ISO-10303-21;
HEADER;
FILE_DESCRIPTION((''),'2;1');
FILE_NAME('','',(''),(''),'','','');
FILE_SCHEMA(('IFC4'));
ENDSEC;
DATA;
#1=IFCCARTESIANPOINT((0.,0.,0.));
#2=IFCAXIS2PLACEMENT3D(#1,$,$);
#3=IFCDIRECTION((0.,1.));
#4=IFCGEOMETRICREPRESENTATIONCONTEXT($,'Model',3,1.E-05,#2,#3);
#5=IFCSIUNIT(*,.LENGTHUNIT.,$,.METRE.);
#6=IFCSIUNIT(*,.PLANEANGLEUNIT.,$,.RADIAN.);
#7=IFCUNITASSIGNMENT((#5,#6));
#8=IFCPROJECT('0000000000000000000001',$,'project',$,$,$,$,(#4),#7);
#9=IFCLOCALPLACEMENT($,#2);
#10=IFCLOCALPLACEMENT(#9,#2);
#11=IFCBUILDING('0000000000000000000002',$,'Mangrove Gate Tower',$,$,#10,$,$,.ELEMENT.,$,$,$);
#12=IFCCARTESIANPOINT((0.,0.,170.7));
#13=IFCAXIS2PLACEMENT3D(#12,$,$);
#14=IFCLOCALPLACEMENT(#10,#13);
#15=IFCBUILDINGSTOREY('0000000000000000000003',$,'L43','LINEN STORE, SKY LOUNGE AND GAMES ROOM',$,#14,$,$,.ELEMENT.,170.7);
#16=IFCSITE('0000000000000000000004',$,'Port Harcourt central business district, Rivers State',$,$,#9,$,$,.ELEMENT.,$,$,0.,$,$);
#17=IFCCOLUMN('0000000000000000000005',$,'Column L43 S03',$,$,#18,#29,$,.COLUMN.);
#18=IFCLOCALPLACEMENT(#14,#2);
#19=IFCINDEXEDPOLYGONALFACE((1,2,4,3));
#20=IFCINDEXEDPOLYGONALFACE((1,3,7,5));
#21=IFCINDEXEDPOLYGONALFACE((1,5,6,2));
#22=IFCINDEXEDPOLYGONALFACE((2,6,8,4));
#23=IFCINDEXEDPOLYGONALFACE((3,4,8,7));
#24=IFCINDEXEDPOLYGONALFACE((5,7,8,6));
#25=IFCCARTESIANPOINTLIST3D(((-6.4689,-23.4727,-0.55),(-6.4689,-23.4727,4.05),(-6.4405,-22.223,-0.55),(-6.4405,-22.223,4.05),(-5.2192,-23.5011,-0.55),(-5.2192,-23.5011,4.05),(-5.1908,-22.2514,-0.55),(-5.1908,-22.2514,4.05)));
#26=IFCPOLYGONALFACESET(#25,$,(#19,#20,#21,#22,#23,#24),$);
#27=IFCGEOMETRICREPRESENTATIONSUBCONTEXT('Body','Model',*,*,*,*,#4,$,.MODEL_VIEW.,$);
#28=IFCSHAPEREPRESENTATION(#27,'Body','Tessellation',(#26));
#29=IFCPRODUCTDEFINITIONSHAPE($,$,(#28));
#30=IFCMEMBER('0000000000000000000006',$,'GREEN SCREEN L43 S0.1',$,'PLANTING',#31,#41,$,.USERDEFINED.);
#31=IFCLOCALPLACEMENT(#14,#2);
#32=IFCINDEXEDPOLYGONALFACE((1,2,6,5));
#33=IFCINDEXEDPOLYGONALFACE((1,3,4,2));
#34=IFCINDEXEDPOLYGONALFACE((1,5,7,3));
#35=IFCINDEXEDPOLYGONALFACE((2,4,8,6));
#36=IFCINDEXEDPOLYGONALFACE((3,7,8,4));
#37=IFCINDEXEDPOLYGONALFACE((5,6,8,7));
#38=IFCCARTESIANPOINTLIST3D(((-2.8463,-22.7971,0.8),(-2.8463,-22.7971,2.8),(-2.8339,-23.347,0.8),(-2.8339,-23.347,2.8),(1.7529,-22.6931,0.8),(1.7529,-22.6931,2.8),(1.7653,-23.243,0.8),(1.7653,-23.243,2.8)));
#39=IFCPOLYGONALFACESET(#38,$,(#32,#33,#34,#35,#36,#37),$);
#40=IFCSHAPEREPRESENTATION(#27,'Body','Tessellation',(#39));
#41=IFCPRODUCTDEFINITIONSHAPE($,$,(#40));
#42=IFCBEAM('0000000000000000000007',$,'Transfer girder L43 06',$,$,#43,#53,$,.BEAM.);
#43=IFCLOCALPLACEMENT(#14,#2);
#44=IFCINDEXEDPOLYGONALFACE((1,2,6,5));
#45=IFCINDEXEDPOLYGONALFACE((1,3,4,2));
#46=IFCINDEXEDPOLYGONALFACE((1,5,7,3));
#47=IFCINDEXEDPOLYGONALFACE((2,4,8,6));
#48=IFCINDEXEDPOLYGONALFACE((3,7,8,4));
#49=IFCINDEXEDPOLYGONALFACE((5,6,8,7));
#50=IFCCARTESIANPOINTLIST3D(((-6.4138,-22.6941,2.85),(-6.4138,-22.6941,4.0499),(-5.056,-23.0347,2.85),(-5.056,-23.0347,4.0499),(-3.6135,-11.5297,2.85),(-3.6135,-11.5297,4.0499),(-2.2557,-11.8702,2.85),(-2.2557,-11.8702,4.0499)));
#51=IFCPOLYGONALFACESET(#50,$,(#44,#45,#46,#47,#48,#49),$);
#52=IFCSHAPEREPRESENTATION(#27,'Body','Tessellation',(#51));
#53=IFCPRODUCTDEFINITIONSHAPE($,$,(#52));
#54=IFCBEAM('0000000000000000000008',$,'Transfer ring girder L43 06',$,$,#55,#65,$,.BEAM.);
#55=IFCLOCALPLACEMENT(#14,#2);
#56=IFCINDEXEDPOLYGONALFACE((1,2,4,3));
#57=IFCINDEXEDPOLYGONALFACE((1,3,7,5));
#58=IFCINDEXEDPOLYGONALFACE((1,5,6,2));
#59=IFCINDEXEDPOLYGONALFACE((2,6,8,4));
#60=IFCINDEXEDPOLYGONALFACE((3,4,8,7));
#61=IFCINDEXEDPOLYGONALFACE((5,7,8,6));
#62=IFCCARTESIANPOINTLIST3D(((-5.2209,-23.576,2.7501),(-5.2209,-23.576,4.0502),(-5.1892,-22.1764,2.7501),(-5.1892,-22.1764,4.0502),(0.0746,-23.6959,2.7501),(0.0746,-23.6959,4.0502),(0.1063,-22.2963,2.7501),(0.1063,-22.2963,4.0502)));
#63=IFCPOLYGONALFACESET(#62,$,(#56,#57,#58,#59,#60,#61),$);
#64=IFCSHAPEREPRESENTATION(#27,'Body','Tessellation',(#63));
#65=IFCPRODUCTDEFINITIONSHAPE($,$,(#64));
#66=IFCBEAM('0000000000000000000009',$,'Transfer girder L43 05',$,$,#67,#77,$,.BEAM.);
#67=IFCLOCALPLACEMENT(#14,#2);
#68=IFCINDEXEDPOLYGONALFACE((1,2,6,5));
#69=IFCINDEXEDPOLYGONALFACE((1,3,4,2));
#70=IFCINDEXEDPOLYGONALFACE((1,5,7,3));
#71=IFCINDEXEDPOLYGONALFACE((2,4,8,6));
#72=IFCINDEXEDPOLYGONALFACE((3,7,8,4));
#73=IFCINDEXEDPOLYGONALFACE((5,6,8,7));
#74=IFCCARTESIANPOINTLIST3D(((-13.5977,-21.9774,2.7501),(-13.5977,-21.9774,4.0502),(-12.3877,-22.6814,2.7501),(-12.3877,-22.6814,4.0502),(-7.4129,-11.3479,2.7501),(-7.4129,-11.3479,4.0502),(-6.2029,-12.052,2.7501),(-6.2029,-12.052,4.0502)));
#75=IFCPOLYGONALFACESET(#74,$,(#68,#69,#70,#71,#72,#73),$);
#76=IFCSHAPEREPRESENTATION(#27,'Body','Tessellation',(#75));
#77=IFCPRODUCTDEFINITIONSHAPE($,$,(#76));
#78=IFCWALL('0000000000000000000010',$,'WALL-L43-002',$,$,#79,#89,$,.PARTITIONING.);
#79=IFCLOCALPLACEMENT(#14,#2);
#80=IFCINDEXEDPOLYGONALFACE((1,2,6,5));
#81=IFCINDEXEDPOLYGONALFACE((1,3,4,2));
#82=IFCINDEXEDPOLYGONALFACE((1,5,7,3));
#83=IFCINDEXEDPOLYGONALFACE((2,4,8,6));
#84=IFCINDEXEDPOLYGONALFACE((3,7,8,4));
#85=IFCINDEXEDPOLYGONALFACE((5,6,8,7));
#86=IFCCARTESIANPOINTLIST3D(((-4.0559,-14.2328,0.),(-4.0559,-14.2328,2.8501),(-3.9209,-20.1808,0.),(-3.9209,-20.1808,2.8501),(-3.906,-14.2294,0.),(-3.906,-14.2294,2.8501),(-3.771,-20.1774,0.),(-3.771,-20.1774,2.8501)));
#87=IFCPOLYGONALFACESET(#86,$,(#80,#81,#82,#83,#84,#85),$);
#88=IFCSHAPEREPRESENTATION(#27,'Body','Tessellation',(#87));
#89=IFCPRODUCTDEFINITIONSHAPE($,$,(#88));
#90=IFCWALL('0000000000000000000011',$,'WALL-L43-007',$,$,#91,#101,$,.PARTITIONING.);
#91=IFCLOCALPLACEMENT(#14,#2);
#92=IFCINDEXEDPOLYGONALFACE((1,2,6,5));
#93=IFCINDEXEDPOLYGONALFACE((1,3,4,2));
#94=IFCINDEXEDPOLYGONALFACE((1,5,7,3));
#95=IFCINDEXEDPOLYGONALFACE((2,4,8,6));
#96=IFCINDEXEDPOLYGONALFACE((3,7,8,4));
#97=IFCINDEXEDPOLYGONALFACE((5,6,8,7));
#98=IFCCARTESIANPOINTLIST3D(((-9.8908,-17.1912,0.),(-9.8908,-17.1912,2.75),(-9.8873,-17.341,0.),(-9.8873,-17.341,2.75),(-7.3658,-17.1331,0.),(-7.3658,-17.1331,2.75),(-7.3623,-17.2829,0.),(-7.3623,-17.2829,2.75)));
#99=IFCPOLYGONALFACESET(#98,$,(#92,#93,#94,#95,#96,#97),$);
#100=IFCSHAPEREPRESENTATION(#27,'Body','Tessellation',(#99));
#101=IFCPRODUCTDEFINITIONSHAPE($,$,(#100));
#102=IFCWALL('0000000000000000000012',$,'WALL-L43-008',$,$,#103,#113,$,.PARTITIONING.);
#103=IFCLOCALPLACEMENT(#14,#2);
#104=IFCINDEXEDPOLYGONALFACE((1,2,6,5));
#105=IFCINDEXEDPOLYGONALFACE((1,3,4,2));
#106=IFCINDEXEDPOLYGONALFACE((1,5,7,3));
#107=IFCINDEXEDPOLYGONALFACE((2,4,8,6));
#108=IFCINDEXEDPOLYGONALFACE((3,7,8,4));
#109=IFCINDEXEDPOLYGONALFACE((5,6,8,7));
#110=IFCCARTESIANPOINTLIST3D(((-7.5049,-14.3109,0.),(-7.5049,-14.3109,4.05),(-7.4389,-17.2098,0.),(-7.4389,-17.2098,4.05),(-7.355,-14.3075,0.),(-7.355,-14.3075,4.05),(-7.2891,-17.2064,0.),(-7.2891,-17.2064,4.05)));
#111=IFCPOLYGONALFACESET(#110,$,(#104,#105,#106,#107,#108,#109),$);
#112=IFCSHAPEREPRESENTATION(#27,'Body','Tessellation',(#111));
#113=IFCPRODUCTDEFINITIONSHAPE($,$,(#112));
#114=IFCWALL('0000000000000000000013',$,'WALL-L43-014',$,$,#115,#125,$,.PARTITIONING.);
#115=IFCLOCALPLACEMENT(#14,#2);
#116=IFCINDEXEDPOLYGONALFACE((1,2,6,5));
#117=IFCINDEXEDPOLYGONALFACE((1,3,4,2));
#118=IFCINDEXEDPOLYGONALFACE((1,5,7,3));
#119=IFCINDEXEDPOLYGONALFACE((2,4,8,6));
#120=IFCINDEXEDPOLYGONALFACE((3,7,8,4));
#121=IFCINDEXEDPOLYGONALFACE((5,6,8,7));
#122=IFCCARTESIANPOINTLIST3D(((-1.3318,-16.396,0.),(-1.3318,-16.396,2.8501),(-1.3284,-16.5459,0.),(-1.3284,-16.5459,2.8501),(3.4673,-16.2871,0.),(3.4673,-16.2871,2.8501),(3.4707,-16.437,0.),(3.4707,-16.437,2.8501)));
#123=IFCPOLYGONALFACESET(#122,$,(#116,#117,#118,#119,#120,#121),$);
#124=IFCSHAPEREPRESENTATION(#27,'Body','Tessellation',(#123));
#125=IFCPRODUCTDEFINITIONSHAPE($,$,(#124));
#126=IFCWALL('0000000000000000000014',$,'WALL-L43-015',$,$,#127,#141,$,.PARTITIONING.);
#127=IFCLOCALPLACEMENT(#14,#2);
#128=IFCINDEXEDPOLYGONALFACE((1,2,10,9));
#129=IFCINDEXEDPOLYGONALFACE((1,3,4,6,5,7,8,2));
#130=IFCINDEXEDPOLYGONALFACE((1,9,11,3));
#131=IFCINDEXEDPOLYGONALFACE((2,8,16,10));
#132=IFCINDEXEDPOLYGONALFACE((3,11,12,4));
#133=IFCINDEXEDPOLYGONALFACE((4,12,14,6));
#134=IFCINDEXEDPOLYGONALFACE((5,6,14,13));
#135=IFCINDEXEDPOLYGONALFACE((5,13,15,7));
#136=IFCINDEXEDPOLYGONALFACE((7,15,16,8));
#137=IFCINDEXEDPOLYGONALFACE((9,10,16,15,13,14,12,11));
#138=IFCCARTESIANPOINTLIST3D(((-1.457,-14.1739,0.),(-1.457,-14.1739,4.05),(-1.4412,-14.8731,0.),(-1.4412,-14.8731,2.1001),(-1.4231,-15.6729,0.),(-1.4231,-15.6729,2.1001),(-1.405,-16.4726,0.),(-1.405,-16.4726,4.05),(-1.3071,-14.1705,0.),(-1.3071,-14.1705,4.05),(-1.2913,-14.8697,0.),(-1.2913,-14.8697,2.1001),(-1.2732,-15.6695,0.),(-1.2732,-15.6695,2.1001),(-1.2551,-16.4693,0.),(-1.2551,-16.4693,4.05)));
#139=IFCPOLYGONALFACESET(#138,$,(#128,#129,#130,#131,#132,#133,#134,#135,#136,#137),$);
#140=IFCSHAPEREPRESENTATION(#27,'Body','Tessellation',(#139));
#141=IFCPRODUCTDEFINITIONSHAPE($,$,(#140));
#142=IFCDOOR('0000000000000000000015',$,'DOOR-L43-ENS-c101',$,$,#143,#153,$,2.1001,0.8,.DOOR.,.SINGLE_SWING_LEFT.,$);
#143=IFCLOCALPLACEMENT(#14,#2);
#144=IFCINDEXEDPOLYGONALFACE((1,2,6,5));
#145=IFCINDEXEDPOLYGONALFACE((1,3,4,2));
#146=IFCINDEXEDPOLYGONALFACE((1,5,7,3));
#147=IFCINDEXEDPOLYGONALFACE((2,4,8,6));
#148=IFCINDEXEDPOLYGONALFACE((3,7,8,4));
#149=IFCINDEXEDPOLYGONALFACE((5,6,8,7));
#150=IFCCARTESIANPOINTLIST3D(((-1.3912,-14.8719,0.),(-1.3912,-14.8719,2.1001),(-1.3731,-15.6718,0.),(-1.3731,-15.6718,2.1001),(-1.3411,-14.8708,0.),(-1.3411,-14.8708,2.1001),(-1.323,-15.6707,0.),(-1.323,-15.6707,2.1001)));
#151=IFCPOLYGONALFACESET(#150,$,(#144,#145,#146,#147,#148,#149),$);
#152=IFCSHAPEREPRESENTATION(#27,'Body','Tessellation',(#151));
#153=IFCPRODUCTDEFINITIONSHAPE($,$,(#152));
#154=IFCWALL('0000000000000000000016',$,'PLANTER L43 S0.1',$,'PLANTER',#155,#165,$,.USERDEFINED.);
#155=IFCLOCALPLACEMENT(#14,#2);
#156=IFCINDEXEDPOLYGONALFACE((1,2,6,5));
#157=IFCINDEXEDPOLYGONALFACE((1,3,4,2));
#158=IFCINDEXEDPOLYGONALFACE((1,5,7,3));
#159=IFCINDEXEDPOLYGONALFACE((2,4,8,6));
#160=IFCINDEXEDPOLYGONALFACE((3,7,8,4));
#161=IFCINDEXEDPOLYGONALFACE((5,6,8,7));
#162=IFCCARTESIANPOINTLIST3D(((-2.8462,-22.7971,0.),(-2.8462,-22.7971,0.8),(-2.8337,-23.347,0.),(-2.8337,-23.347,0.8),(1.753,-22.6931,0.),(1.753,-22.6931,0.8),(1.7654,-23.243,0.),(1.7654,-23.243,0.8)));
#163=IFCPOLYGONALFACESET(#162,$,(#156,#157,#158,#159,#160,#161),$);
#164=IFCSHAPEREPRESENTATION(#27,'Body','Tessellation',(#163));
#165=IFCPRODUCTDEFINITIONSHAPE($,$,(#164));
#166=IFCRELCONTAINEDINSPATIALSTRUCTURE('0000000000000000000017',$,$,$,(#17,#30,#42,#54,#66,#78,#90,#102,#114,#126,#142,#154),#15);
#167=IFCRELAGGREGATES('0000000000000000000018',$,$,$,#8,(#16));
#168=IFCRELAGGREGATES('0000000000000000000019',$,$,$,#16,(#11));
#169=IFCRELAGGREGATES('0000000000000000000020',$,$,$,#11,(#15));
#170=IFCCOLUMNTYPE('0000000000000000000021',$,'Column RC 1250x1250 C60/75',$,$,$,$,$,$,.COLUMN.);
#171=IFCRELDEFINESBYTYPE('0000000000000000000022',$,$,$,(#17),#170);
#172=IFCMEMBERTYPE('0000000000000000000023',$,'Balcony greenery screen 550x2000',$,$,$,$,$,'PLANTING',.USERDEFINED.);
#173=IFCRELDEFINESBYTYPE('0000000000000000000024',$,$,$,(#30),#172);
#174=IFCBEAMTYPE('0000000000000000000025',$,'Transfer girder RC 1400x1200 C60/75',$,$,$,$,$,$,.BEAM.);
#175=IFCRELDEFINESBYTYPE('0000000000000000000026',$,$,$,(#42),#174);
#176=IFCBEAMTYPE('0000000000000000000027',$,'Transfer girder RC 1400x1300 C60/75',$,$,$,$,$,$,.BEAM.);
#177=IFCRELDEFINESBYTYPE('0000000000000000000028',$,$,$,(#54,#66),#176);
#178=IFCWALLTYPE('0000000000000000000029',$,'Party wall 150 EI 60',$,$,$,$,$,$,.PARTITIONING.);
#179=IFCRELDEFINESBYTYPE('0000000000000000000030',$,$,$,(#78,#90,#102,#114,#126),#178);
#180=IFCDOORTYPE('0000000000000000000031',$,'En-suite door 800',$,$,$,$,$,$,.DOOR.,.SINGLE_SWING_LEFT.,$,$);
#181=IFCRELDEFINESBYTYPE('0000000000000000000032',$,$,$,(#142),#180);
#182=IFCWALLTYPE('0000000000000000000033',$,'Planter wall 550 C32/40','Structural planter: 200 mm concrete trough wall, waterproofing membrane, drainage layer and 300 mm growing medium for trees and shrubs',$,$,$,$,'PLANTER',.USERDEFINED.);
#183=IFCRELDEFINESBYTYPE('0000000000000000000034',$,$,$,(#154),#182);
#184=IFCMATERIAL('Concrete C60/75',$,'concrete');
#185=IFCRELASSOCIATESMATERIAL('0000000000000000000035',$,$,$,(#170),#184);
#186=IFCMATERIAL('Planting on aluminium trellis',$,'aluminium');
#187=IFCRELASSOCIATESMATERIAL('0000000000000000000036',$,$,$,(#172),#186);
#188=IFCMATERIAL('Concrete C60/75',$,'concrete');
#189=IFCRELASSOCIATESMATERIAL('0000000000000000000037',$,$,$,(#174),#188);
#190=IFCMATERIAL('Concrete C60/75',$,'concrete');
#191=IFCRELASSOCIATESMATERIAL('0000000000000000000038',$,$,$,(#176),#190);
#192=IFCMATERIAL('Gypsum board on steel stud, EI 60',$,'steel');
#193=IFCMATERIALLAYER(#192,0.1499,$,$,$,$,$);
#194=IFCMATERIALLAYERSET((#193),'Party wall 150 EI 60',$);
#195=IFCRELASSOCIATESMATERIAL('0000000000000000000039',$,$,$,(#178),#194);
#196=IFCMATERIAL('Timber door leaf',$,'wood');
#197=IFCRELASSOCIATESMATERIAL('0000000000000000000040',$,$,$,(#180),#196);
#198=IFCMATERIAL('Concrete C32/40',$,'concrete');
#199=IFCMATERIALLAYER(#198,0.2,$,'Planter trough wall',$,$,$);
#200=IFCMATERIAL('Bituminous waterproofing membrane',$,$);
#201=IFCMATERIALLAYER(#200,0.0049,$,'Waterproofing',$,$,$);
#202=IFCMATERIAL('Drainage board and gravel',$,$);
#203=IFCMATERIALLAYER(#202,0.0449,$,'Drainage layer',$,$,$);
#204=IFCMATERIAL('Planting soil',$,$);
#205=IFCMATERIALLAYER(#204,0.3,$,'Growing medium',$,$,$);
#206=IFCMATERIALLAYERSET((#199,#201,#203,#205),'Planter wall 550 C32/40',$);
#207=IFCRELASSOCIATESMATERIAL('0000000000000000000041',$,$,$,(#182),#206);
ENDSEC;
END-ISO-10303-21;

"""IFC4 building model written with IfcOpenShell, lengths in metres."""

from ifc_helpers import new_model, si_unit, direction, frame, frame_2d, origin, origin_2d, place, context, subcontext, project, spatial, rectangle, extrude, material, layer, layer_set, material_profile, profile_set, type_object, element, fill, save


model = new_model("IFC4")

# Units and contexts
model_context = context("Model", 3, precision=1e-05, world=origin(), true_north=direction((0.0, 1.0)))
body_context = subcontext(model_context, "Body", "Model", "MODEL_VIEW")
ifc_project = project(units=[si_unit("LENGTHUNIT", "METRE"), si_unit("PLANEANGLEUNIT", "RADIAN")], contexts=[model_context])

# Site, building, storey
site_placement = place(None, origin())
site = spatial("IfcSite", under=ifc_project, at=site_placement, Name="Port Harcourt central business district, Rivers State", CompositionType="ELEMENT", RefElevation=0.0)
building_placement = place(site_placement, origin())
building = spatial("IfcBuilding", under=site, at=building_placement, Name="Mangrove Gate Tower", CompositionType="ELEMENT")
storey_placement = place(building_placement, frame((0.0, 0.0, 170.7)))
storey = spatial("IfcBuildingStorey", under=building, at=storey_placement, Name="L43", Description="LINEN STORE, SKY LOUNGE AND GAMES ROOM", CompositionType="ELEMENT", Elevation=170.7)

# Column
ifc_material_1 = material(Name="Concrete C60/75", Category="concrete")
ifc_material_profile_1 = material_profile(ifc_material_1, rectangle(XDim=1.25, YDim=1.25, at=origin_2d()))
ifc_profile_set_1 = profile_set([ifc_material_profile_1], Name="Concrete C60/75")
column_type = type_object("IfcColumnType", Name="Column RC 1250x1250 C60/75", PredefinedType="COLUMN", material=ifc_profile_set_1)
column_placement = place(storey_placement, frame((-5.8298, -22.8621, -0.55), z_axis=(0.0, 0.0, 1.0), x_axis=(0.999743, -0.022683, 0.0)))
element("IfcColumn", 1, at=column_placement, inside=storey, type_object=column_type, Name="Column L43 S03", PredefinedType="COLUMN", context=body_context, shape_type="SweptSolid", body=[
    extrude(rectangle(XDim=1.25, YDim=1.25, at=origin_2d()), origin(), (0.0, 0.0, 1.0), 4.6001),
])

# Member
ifc_material_2 = material(Name="Planting on aluminium trellis", Category="aluminium")
ifc_material_profile_2 = material_profile(ifc_material_2, rectangle(XDim=0.55, YDim=2.0, at=origin_2d()))
ifc_profile_set_2 = profile_set([ifc_material_profile_2], Name="Planting on aluminium trellis")
member_type = type_object("IfcMemberType", Name="Balcony greenery screen 550x2000", ElementType="PLANTING", PredefinedType="USERDEFINED", material=ifc_profile_set_2)
member_placement = place(storey_placement, frame((-2.8401, -23.072, 1.8), z_axis=(0.999744, 0.022608, 0.0), x_axis=(-0.022608, 0.999744, 0.0)))
element("IfcMember", 2, at=member_placement, inside=storey, type_object=member_type, Name="GREEN SCREEN L43 S0.1", ObjectType="PLANTING", PredefinedType="USERDEFINED", context=body_context, shape_type="SweptSolid", body=[
    extrude(rectangle(XDim=0.55, YDim=2.0, at=origin_2d()), origin(), (0.0, 0.0, 1.0), 4.6003),
])

# Beams
ifc_material_3 = material(Name="Concrete C60/75", Category="concrete")
ifc_material_profile_3 = material_profile(ifc_material_3, rectangle(XDim=1.3999, YDim=1.2, at=origin_2d()))
ifc_profile_set_3 = profile_set([ifc_material_profile_3], Name="Concrete C60/75")
beam_type_1 = type_object("IfcBeamType", Name="Transfer girder RC 1400x1200 C60/75", PredefinedType="BEAM", material=ifc_profile_set_3)
beam_1_placement = place(storey_placement, frame((-2.9346, -11.7, 3.45), z_axis=(-0.243289, -0.969954, 0.0), x_axis=(0.969954, -0.243289, 0.0)))
element("IfcBeam", 3, at=beam_1_placement, inside=storey, type_object=beam_type_1, Name="Transfer girder L43 06", PredefinedType="BEAM", context=body_context, shape_type="SweptSolid", body=[
    extrude(rectangle(XDim=1.3999, YDim=1.2, at=origin_2d()), origin(), (0.0, 0.0, 1.0), 11.5103),
])
ifc_material_4 = material(Name="Concrete C60/75", Category="concrete")
ifc_material_profile_4 = material_profile(ifc_material_4, rectangle(XDim=1.3999, YDim=1.3, at=origin_2d()))
ifc_profile_set_4 = profile_set([ifc_material_profile_4], Name="Concrete C60/75")
beam_type_2 = type_object("IfcBeamType", Name="Transfer girder RC 1400x1300 C60/75", PredefinedType="BEAM", material=ifc_profile_set_4)
beam_2_placement = place(storey_placement, frame((-5.2051, -22.8762, 3.4001), z_axis=(0.999744, -0.022631, 0.0), x_axis=(0.022631, 0.999744, 0.0)))
element("IfcBeam", 4, at=beam_2_placement, inside=storey, type_object=beam_type_2, Name="Transfer ring girder L43 06", PredefinedType="BEAM", context=body_context, shape_type="SweptSolid", body=[
    extrude(rectangle(XDim=1.3999, YDim=1.3, at=origin_2d()), origin(), (0.0, 0.0, 1.0), 5.2969),
])
beam_3_placement = place(storey_placement, frame((-6.8079, -11.7, 3.4001), z_axis=(-0.50292, -0.864333, 0.0), x_axis=(0.864333, -0.50292, 0.0)))
element("IfcBeam", 5, at=beam_3_placement, inside=storey, type_object=beam_type_2, Name="Transfer girder L43 05", PredefinedType="BEAM", context=body_context, shape_type="SweptSolid", body=[
    extrude(rectangle(XDim=1.3999, YDim=1.3, at=origin_2d()), origin(), (0.0, 0.0, 1.0), 12.2979),
])

# Walls
ifc_material_5 = material(Name="Gypsum board on steel stud, EI 60", Category="steel")
ifc_layer_1 = layer(ifc_material_5, 0.1499)
ifc_layer_set_1 = layer_set([ifc_layer_1], Name="Party wall 150 EI 60")
wall_type_1 = type_object("IfcWallType", Name="Party wall 150 EI 60", PredefinedType="PARTITIONING", material=ifc_layer_set_1)
wall_1_placement = place(storey_placement, frame((-3.8459, -20.179, 0.0), z_axis=(0.0, 0.0, 1.0), x_axis=(-0.022693, 0.999742, 0.0)))
element("IfcWall", 6, at=wall_1_placement, inside=storey, type_object=wall_type_1, Name="WALL-L43-002", PredefinedType="PARTITIONING", context=body_context, shape_type="SweptSolid", body=[
    extrude(rectangle(XDim=5.9495, YDim=0.1499, at=frame_2d((2.9746, 0.0))), origin(), (0.0, 0.0, 1.0), 2.8501),
])
wall_2_placement = place(storey_placement, frame((-9.8889, -17.2661, 0.0), z_axis=(0.0, 0.0, 1.0), x_axis=(0.999735, 0.023007, 0.0)))
element("IfcWall", 7, at=wall_2_placement, inside=storey, type_object=wall_type_1, Name="WALL-L43-007", PredefinedType="PARTITIONING", context=body_context, shape_type="SweptSolid", body=[
    extrude(rectangle(XDim=2.5256, YDim=0.1499, at=frame_2d((1.2627, 0.0))), origin(), (0.0, 0.0, 1.0), 2.75),
])
wall_3_placement = place(storey_placement, frame((-7.364, -17.208, 0.0), z_axis=(0.0, 0.0, 1.0), x_axis=(-0.022733, 0.999742, 0.0)))
element("IfcWall", 8, at=wall_3_placement, inside=storey, type_object=wall_type_1, Name="WALL-L43-008", PredefinedType="PARTITIONING", context=body_context, shape_type="SweptSolid", body=[
    extrude(rectangle(XDim=2.8997, YDim=0.1499, at=frame_2d((1.4497, 0.0))), origin(), (0.0, 0.0, 1.0), 4.05),
])
wall_4_placement = place(storey_placement, frame((-1.3301, -16.4709, 0.0), z_axis=(0.0, 0.0, 1.0), x_axis=(0.999743, 0.022683, 0.0)))
element("IfcWall", 9, at=wall_4_placement, inside=storey, type_object=wall_type_1, Name="WALL-L43-014", PredefinedType="PARTITIONING", context=body_context, shape_type="SweptSolid", body=[
    extrude(rectangle(XDim=4.8003, YDim=0.1499, at=frame_2d((2.4001, 0.0))), origin(), (0.0, 0.0, 1.0), 2.8501),
])

# Wall, opening, door
wall_5_placement = place(storey_placement, frame((-1.3301, -16.4709, 0.0), z_axis=(0.0, 0.0, 1.0), x_axis=(-0.022615, 0.999744, 0.0)))
wall_5 = element("IfcWall", 10, at=wall_5_placement, inside=storey, type_object=wall_type_1, Name="WALL-L43-015", PredefinedType="PARTITIONING", context=body_context, shape_type="SweptSolid", body=[
    extrude(rectangle(XDim=2.2993, YDim=0.1499, at=frame_2d((1.1497, 0.0))), origin(), (0.0, 0.0, 1.0), 4.05),
])
opening_placement = place(wall_5_placement, frame((0.8, 0.0, 0.0)))
opening = element("IfcOpeningElement", 11, at=opening_placement, cuts=wall_5, PredefinedType="OPENING", context=body_context, shape_type="SweptSolid", body=[
    extrude(rectangle(XDim=0.8, YDim=2.1001, at=frame_2d((0.3999, 1.05))), frame((0.0, 0.085, 0.0), z_axis=(0.0, -1.0, 0.0), x_axis=(1.0, 0.0, 0.0)), (0.0, 0.0, 1.0), 0.1699),
])
ifc_material_6 = material(Name="Timber door leaf", Category="wood")
door_type = type_object("IfcDoorType", Name="En-suite door 800", OperationType="SINGLE_SWING_LEFT", PredefinedType="DOOR", material=ifc_material_6)
door_placement = place(opening_placement, origin())
door = element("IfcDoor", 12, at=door_placement, inside=storey, type_object=door_type, Name="DOOR-L43-ENS-c101", OperationType="SINGLE_SWING_LEFT", OverallHeight=2.1001, OverallWidth=0.8, PredefinedType="DOOR", context=body_context, shape_type="SweptSolid", body=[
    extrude(rectangle(XDim=0.8, YDim=2.1001, at=frame_2d((0.3999, 1.05))), frame((0.0, 0.0249, 0.0), z_axis=(0.0, -1.0, 0.0), x_axis=(1.0, 0.0, 0.0)), (0.0, 0.0, 1.0), 0.05),
])
fill(opening, door)

# Wall
ifc_material_7 = material(Name="Concrete C32/40", Category="concrete")
ifc_layer_2 = layer(ifc_material_7, 0.2, Name="Planter trough wall")
ifc_material_8 = material(Name="Bituminous waterproofing membrane")
ifc_layer_3 = layer(ifc_material_8, 0.0049, Name="Waterproofing")
ifc_material_9 = material(Name="Drainage board and gravel")
ifc_layer_4 = layer(ifc_material_9, 0.0449, Name="Drainage layer")
ifc_material_10 = material(Name="Planting soil")
ifc_layer_5 = layer(ifc_material_10, 0.3, Name="Growing medium")
ifc_layer_set_2 = layer_set([ifc_layer_2, ifc_layer_3, ifc_layer_4, ifc_layer_5], Name="Planter wall 550 C32/40")
wall_type_2 = type_object("IfcWallType", Name="Planter wall 550 C32/40", Description="Structural planter: 200 mm concrete trough wall, waterproofing membrane, drainage layer and 300 mm growing medium for trees and shrubs", ElementType="PLANTER", PredefinedType="USERDEFINED", material=ifc_layer_set_2)
wall_6_placement = place(storey_placement, frame((-2.8401, -23.072, 0.0), z_axis=(0.0, 0.0, 1.0), x_axis=(0.999744, 0.022608, 0.0)))
element("IfcWall", 13, at=wall_6_placement, inside=storey, type_object=wall_type_2, Name="PLANTER L43 S0.1", ObjectType="PLANTER", PredefinedType="USERDEFINED", context=body_context, shape_type="SweptSolid", body=[
    extrude(rectangle(XDim=4.6003, YDim=0.55, at=frame_2d((2.3003, 0.0))), origin(), (0.0, 0.0, 1.0), 0.8),
])

save(model, "model.ifc")
